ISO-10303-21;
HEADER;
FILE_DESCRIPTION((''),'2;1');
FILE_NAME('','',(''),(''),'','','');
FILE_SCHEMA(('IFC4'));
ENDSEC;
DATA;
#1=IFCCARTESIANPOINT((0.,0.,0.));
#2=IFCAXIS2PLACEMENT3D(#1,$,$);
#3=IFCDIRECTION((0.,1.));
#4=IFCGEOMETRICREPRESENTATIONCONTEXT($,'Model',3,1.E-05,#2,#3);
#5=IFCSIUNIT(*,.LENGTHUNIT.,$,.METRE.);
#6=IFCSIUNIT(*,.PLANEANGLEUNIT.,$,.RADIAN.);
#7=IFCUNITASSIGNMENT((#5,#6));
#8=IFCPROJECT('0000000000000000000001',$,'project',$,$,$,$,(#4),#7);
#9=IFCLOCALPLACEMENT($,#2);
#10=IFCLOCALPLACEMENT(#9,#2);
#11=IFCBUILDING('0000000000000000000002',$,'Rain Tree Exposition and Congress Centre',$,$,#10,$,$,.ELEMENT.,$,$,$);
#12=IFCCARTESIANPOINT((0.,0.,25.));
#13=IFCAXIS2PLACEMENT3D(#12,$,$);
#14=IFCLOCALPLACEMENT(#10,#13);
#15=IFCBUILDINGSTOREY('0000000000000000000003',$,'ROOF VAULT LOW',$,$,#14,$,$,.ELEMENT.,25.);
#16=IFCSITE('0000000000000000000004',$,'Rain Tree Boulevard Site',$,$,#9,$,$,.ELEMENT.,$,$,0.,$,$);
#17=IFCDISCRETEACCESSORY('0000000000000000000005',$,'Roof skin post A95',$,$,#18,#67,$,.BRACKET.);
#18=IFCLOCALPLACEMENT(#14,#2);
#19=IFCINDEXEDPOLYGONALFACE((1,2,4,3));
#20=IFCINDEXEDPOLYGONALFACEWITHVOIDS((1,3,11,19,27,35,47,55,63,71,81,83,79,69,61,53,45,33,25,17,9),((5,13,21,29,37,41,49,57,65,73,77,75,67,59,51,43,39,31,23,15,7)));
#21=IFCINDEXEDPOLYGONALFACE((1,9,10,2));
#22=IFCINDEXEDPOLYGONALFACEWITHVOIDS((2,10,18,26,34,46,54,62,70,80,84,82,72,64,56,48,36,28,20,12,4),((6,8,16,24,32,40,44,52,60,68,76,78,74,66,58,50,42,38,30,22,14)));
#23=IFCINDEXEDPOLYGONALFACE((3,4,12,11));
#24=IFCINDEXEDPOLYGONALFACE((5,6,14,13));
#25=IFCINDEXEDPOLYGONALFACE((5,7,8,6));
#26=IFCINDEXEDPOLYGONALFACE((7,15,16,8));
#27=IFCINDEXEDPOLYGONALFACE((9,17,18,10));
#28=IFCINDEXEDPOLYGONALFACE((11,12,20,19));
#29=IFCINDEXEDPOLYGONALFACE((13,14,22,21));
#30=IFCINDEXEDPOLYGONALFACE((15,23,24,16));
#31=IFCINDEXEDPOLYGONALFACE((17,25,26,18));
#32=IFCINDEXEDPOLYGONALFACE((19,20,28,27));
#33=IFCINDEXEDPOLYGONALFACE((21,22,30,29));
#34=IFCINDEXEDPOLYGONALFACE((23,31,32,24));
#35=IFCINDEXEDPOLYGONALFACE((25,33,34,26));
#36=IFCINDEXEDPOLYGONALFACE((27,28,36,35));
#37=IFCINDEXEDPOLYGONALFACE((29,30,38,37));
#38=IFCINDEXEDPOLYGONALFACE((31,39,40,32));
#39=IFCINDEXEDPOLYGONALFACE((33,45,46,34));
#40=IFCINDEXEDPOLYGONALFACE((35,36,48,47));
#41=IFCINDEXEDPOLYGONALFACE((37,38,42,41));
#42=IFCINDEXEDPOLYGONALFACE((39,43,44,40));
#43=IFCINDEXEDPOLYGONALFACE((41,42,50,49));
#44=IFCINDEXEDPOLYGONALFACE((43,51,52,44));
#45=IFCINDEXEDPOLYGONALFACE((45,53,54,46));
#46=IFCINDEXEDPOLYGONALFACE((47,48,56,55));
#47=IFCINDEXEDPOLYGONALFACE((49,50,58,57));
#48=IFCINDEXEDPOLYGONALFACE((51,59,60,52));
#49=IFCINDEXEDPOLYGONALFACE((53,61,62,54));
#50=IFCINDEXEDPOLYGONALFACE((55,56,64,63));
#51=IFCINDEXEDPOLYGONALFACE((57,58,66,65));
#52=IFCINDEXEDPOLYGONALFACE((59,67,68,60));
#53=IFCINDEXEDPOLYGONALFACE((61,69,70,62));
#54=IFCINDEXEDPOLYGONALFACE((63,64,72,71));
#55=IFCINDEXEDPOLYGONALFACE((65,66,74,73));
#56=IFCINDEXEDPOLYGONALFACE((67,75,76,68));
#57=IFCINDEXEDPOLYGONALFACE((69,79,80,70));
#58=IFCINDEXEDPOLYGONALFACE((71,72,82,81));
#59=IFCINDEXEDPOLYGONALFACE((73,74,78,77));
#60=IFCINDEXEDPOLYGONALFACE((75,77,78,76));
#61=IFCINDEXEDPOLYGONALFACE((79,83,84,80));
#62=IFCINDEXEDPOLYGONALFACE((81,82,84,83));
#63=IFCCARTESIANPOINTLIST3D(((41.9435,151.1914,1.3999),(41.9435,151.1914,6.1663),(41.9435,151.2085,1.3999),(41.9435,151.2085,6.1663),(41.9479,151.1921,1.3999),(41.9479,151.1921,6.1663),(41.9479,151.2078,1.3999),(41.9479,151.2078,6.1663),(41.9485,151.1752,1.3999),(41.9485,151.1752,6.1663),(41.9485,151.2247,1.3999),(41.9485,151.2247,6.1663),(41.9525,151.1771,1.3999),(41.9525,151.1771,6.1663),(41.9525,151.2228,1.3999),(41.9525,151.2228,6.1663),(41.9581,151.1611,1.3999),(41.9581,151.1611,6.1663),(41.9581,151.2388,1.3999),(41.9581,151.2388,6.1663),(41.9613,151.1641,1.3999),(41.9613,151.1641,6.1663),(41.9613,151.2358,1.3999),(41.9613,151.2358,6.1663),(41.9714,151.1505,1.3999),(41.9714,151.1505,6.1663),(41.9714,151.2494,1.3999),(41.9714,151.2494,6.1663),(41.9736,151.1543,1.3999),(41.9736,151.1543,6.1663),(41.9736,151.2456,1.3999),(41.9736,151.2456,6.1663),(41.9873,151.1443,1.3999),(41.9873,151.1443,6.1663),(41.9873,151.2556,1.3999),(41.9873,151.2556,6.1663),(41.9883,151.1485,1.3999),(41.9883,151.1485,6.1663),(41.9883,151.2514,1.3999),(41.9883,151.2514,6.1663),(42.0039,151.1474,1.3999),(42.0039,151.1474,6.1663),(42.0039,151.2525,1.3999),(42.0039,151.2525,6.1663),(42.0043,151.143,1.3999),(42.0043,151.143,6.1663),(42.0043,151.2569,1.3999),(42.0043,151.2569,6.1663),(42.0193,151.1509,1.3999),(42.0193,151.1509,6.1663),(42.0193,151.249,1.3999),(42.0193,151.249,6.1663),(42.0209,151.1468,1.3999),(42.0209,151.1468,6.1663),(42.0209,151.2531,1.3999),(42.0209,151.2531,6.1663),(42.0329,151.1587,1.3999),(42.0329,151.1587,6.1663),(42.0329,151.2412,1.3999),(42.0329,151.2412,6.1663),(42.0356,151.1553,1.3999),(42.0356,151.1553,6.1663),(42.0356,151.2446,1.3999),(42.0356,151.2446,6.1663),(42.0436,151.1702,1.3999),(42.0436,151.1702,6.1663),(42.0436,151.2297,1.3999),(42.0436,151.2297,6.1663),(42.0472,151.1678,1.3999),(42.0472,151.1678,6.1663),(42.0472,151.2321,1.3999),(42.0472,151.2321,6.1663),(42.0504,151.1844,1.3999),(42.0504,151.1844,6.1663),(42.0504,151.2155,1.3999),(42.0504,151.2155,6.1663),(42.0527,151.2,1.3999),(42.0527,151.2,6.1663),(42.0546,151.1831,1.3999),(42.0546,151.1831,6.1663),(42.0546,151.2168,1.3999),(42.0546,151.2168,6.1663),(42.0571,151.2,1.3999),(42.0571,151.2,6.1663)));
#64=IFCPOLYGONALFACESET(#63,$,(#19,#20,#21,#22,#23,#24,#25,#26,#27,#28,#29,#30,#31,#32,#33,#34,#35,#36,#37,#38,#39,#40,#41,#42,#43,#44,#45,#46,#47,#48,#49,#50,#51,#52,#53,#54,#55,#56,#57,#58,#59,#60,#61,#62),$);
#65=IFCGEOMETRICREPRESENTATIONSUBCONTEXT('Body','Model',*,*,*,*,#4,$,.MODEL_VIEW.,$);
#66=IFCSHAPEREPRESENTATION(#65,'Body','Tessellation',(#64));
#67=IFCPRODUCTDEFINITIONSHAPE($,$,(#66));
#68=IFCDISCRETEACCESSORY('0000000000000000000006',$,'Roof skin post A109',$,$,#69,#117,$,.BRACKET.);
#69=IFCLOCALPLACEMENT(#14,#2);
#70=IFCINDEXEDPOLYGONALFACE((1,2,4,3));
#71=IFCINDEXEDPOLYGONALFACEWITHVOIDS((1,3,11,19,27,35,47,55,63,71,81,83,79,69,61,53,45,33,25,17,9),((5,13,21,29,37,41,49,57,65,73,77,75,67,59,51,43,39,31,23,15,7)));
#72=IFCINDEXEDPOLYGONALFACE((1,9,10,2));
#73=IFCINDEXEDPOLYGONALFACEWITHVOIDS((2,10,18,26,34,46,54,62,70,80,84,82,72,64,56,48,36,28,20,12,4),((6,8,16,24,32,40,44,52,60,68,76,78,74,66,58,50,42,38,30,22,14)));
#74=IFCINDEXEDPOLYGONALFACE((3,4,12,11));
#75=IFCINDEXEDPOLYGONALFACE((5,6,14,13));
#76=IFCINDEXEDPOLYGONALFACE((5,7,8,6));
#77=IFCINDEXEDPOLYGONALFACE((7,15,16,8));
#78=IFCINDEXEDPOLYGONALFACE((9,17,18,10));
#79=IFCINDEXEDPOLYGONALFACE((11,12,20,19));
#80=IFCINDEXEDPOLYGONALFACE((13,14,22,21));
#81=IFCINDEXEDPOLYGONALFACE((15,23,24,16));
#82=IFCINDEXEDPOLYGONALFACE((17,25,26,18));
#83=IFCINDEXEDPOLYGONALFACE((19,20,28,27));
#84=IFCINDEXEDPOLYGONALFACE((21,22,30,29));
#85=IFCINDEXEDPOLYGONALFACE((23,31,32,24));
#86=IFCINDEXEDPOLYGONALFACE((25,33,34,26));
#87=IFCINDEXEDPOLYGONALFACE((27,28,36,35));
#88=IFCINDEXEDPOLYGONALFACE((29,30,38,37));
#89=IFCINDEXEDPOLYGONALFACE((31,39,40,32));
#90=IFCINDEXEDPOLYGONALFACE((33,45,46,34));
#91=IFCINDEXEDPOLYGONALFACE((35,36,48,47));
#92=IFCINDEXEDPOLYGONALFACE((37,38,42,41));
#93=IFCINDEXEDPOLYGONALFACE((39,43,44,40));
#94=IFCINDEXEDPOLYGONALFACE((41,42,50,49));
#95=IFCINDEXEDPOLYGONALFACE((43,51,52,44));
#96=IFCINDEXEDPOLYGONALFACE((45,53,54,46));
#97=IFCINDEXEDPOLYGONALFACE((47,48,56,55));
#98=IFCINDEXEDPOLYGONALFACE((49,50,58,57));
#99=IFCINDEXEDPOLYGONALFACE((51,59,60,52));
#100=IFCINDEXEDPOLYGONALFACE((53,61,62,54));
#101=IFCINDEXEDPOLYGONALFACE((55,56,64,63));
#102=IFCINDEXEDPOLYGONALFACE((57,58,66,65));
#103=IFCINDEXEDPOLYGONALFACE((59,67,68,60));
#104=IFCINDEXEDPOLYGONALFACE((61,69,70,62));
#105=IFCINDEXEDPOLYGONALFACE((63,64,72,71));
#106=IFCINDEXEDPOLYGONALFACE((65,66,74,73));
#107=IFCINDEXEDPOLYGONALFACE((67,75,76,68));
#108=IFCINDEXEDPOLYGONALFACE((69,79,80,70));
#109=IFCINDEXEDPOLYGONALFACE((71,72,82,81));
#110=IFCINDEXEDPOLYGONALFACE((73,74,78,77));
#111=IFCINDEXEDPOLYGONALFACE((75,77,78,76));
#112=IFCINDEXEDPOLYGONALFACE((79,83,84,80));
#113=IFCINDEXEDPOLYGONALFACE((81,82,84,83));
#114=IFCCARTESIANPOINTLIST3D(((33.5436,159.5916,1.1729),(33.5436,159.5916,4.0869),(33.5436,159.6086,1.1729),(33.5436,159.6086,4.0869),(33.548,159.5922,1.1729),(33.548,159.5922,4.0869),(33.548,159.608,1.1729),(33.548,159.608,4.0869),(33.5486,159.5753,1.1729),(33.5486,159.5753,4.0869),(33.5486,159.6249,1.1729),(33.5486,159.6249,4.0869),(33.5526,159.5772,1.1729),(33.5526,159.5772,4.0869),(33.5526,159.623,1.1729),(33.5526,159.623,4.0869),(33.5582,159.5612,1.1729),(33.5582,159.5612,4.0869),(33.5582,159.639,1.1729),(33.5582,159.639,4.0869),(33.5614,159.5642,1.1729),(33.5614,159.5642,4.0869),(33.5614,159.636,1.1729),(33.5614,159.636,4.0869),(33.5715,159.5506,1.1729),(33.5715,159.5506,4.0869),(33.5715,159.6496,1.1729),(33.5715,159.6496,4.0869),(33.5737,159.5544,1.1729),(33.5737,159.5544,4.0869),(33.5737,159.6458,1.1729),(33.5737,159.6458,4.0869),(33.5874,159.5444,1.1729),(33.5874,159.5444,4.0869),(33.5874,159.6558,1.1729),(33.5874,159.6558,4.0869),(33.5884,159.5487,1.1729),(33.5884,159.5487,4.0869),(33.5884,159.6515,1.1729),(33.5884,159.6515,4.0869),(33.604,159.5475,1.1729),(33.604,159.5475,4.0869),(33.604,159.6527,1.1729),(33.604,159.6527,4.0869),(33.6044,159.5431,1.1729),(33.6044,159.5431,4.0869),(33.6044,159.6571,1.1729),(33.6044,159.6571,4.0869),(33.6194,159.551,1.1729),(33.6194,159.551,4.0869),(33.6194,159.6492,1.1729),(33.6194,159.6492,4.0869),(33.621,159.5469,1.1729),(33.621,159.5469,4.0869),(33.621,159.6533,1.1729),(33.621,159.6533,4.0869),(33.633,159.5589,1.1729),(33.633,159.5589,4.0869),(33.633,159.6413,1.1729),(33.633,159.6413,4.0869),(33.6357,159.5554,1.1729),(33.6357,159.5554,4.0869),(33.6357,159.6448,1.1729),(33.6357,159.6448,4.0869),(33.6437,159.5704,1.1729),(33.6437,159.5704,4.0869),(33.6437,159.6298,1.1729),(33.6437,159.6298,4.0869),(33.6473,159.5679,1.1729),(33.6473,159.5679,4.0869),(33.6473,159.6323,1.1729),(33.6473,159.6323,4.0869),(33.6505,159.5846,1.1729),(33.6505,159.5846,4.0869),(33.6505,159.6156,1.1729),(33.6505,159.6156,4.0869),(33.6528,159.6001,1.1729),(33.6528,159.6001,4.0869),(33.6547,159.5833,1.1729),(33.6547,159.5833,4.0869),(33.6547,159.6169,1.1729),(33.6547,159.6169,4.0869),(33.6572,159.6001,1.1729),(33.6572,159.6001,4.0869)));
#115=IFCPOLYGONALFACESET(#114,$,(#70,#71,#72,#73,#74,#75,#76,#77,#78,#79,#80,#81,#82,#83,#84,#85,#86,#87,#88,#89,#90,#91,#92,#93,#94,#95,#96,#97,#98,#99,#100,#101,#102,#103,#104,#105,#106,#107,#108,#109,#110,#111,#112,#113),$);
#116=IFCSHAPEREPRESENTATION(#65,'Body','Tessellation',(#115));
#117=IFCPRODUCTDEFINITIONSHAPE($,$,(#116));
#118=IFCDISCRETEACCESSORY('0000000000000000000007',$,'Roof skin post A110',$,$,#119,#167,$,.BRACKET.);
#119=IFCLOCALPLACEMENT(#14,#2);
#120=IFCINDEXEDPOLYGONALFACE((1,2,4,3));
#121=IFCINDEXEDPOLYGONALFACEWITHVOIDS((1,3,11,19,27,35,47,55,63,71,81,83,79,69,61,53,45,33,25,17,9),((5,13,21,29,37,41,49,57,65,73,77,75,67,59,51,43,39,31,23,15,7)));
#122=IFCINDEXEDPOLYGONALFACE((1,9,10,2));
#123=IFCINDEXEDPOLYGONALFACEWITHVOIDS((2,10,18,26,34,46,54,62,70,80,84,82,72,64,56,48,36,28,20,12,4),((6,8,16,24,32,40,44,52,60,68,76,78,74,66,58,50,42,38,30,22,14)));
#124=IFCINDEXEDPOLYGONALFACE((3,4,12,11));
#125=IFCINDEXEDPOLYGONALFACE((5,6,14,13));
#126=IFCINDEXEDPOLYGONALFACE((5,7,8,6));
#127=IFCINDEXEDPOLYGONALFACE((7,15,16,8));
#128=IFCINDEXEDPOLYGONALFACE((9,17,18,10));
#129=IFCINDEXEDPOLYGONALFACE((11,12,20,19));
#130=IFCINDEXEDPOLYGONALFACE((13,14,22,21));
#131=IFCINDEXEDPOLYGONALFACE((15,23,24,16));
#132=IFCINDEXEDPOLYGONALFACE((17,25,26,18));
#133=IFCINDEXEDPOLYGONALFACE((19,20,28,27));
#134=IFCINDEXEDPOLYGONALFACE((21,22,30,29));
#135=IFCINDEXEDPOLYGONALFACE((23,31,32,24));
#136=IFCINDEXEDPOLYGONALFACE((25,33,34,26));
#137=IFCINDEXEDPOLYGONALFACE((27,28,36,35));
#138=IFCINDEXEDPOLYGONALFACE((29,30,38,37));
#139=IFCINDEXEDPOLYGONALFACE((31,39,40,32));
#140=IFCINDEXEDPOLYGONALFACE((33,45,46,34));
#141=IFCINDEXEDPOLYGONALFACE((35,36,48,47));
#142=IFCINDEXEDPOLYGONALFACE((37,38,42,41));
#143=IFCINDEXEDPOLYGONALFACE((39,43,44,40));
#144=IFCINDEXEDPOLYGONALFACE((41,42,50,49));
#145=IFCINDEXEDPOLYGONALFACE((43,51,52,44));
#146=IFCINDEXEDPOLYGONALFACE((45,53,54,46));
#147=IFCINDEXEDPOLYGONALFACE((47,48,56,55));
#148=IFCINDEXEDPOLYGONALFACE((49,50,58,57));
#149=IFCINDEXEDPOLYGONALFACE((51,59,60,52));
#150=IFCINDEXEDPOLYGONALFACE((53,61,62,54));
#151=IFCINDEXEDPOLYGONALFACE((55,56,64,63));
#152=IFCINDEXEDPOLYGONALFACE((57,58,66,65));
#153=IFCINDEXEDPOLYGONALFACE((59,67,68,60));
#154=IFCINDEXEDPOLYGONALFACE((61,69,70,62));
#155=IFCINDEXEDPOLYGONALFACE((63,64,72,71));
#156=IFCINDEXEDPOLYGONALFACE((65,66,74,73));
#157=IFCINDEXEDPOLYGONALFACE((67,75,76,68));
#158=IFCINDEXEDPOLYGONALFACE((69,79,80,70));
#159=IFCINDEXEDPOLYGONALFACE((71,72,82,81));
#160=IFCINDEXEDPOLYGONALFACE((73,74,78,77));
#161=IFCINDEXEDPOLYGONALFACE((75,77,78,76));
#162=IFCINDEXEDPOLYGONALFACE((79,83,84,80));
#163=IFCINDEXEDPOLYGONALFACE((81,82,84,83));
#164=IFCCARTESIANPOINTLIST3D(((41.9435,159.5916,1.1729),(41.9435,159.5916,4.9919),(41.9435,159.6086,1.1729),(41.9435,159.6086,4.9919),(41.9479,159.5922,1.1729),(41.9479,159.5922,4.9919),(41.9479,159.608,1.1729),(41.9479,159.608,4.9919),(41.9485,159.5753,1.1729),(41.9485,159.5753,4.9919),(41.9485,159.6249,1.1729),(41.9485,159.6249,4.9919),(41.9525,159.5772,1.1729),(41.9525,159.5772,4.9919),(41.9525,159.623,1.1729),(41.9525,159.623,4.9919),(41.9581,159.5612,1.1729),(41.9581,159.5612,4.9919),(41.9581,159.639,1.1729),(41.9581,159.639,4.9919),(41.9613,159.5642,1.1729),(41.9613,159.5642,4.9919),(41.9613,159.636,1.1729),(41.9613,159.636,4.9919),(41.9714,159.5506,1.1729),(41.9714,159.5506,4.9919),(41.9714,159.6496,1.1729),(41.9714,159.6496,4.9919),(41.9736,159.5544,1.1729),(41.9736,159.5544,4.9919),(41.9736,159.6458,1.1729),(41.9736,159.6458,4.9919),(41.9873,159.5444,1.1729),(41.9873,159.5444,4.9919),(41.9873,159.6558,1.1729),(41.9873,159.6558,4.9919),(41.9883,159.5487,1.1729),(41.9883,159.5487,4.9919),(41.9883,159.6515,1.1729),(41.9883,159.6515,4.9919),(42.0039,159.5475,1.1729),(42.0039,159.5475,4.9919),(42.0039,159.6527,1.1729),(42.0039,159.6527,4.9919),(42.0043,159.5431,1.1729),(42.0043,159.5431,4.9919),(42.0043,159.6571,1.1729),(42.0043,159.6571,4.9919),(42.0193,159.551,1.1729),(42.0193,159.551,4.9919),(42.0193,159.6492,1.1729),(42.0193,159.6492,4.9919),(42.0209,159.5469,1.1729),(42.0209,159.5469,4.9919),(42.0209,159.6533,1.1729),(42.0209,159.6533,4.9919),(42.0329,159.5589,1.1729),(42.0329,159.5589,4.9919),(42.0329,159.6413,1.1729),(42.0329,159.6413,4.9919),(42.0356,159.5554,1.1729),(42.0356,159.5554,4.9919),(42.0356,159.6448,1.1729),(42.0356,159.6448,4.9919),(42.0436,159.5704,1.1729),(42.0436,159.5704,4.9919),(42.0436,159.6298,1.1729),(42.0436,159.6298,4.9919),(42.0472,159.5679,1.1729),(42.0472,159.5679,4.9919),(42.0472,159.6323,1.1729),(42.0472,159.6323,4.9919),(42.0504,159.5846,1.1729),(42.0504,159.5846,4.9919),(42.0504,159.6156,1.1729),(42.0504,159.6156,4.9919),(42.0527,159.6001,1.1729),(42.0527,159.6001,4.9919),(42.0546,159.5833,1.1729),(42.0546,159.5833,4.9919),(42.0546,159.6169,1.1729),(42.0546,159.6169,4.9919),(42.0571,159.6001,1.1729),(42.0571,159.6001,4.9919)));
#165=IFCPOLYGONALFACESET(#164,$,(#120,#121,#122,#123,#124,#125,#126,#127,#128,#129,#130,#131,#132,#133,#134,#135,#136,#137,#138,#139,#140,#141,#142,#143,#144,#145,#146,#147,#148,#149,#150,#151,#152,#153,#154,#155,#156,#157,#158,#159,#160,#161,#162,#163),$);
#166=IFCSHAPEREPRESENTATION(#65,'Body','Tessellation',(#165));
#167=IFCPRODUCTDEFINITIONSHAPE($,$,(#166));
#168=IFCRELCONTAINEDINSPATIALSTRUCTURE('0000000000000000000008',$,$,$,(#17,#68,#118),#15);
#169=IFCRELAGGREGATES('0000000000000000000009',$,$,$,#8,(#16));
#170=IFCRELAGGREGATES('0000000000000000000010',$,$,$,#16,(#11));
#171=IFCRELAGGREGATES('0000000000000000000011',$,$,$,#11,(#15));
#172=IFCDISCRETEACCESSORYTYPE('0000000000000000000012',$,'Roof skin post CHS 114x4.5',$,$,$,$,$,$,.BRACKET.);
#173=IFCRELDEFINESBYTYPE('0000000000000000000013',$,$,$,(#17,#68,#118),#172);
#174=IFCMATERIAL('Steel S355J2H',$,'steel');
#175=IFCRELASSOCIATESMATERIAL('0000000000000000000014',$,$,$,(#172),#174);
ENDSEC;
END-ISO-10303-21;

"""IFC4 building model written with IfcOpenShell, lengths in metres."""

from ifc_helpers import new_model, si_unit, direction, frame, origin, origin_2d, place, context, subcontext, project, spatial, hollow_circle, extrude, material, material_profile, profile_set, type_object, element, save


model = new_model("IFC4")

# Units and contexts
model_context = context("Model", 3, precision=1e-05, world=origin(), true_north=direction((0.0, 1.0)))
body_context = subcontext(model_context, "Body", "Model", "MODEL_VIEW")
ifc_project = project(units=[si_unit("LENGTHUNIT", "METRE"), si_unit("PLANEANGLEUNIT", "RADIAN")], contexts=[model_context])

# Site, building, storey
site_placement = place(None, origin())
site = spatial("IfcSite", under=ifc_project, at=site_placement, Name="Rain Tree Boulevard Site", CompositionType="ELEMENT", RefElevation=0.0)
building_placement = place(site_placement, origin())
building = spatial("IfcBuilding", under=site, at=building_placement, Name="Rain Tree Exposition and Congress Centre", CompositionType="ELEMENT")
storey_placement = place(building_placement, frame((0.0, 0.0, 25.0)))
storey = spatial("IfcBuildingStorey", under=building, at=storey_placement, Name="ROOF VAULT LOW", CompositionType="ELEMENT", Elevation=25.0)

# Discrete accessories
ifc_material_1 = material(Name="Steel S355J2H", Category="steel")
ifc_material_profile_1 = material_profile(ifc_material_1, hollow_circle(Radius=0.0571, WallThickness=0.0044, at=origin_2d()), Name="CHS 114x4.5")
ifc_profile_set_1 = profile_set([ifc_material_profile_1], Name="Steel S355J2H")
discrete_accessory_type = type_object("IfcDiscreteAccessoryType", Name="Roof skin post CHS 114x4.5", PredefinedType="BRACKET", material=ifc_profile_set_1)
discrete_accessory_1_placement = place(storey_placement, frame((42.0, 151.2, 1.3999), z_axis=(0.0, 0.0, 1.0), x_axis=(1.0, 0.0, 0.0)))
element("IfcDiscreteAccessory", 1, at=discrete_accessory_1_placement, inside=storey, type_object=discrete_accessory_type, Name="Roof skin post A95", PredefinedType="BRACKET", context=body_context, shape_type="SweptSolid", body=[
    extrude(hollow_circle(Radius=0.0571, WallThickness=0.0044, at=origin_2d()), origin(), (0.0, 0.0, 1.0), 4.7664),
])
discrete_accessory_2_placement = place(storey_placement, frame((33.6001, 159.6001, 1.1729), z_axis=(0.0, 0.0, 1.0), x_axis=(1.0, 0.0, 0.0)))
element("IfcDiscreteAccessory", 2, at=discrete_accessory_2_placement, inside=storey, type_object=discrete_accessory_type, Name="Roof skin post A109", PredefinedType="BRACKET", context=body_context, shape_type="SweptSolid", body=[
    extrude(hollow_circle(Radius=0.0571, WallThickness=0.0044, at=origin_2d()), origin(), (0.0, 0.0, 1.0), 2.9141),
])
discrete_accessory_3_placement = place(storey_placement, frame((42.0, 159.6001, 1.1729), z_axis=(0.0, 0.0, 1.0), x_axis=(1.0, 0.0, 0.0)))
element("IfcDiscreteAccessory", 3, at=discrete_accessory_3_placement, inside=storey, type_object=discrete_accessory_type, Name="Roof skin post A110", PredefinedType="BRACKET", context=body_context, shape_type="SweptSolid", body=[
    extrude(hollow_circle(Radius=0.0571, WallThickness=0.0044, at=origin_2d()), origin(), (0.0, 0.0, 1.0), 3.8191),
])

save(model, "model.ifc")
